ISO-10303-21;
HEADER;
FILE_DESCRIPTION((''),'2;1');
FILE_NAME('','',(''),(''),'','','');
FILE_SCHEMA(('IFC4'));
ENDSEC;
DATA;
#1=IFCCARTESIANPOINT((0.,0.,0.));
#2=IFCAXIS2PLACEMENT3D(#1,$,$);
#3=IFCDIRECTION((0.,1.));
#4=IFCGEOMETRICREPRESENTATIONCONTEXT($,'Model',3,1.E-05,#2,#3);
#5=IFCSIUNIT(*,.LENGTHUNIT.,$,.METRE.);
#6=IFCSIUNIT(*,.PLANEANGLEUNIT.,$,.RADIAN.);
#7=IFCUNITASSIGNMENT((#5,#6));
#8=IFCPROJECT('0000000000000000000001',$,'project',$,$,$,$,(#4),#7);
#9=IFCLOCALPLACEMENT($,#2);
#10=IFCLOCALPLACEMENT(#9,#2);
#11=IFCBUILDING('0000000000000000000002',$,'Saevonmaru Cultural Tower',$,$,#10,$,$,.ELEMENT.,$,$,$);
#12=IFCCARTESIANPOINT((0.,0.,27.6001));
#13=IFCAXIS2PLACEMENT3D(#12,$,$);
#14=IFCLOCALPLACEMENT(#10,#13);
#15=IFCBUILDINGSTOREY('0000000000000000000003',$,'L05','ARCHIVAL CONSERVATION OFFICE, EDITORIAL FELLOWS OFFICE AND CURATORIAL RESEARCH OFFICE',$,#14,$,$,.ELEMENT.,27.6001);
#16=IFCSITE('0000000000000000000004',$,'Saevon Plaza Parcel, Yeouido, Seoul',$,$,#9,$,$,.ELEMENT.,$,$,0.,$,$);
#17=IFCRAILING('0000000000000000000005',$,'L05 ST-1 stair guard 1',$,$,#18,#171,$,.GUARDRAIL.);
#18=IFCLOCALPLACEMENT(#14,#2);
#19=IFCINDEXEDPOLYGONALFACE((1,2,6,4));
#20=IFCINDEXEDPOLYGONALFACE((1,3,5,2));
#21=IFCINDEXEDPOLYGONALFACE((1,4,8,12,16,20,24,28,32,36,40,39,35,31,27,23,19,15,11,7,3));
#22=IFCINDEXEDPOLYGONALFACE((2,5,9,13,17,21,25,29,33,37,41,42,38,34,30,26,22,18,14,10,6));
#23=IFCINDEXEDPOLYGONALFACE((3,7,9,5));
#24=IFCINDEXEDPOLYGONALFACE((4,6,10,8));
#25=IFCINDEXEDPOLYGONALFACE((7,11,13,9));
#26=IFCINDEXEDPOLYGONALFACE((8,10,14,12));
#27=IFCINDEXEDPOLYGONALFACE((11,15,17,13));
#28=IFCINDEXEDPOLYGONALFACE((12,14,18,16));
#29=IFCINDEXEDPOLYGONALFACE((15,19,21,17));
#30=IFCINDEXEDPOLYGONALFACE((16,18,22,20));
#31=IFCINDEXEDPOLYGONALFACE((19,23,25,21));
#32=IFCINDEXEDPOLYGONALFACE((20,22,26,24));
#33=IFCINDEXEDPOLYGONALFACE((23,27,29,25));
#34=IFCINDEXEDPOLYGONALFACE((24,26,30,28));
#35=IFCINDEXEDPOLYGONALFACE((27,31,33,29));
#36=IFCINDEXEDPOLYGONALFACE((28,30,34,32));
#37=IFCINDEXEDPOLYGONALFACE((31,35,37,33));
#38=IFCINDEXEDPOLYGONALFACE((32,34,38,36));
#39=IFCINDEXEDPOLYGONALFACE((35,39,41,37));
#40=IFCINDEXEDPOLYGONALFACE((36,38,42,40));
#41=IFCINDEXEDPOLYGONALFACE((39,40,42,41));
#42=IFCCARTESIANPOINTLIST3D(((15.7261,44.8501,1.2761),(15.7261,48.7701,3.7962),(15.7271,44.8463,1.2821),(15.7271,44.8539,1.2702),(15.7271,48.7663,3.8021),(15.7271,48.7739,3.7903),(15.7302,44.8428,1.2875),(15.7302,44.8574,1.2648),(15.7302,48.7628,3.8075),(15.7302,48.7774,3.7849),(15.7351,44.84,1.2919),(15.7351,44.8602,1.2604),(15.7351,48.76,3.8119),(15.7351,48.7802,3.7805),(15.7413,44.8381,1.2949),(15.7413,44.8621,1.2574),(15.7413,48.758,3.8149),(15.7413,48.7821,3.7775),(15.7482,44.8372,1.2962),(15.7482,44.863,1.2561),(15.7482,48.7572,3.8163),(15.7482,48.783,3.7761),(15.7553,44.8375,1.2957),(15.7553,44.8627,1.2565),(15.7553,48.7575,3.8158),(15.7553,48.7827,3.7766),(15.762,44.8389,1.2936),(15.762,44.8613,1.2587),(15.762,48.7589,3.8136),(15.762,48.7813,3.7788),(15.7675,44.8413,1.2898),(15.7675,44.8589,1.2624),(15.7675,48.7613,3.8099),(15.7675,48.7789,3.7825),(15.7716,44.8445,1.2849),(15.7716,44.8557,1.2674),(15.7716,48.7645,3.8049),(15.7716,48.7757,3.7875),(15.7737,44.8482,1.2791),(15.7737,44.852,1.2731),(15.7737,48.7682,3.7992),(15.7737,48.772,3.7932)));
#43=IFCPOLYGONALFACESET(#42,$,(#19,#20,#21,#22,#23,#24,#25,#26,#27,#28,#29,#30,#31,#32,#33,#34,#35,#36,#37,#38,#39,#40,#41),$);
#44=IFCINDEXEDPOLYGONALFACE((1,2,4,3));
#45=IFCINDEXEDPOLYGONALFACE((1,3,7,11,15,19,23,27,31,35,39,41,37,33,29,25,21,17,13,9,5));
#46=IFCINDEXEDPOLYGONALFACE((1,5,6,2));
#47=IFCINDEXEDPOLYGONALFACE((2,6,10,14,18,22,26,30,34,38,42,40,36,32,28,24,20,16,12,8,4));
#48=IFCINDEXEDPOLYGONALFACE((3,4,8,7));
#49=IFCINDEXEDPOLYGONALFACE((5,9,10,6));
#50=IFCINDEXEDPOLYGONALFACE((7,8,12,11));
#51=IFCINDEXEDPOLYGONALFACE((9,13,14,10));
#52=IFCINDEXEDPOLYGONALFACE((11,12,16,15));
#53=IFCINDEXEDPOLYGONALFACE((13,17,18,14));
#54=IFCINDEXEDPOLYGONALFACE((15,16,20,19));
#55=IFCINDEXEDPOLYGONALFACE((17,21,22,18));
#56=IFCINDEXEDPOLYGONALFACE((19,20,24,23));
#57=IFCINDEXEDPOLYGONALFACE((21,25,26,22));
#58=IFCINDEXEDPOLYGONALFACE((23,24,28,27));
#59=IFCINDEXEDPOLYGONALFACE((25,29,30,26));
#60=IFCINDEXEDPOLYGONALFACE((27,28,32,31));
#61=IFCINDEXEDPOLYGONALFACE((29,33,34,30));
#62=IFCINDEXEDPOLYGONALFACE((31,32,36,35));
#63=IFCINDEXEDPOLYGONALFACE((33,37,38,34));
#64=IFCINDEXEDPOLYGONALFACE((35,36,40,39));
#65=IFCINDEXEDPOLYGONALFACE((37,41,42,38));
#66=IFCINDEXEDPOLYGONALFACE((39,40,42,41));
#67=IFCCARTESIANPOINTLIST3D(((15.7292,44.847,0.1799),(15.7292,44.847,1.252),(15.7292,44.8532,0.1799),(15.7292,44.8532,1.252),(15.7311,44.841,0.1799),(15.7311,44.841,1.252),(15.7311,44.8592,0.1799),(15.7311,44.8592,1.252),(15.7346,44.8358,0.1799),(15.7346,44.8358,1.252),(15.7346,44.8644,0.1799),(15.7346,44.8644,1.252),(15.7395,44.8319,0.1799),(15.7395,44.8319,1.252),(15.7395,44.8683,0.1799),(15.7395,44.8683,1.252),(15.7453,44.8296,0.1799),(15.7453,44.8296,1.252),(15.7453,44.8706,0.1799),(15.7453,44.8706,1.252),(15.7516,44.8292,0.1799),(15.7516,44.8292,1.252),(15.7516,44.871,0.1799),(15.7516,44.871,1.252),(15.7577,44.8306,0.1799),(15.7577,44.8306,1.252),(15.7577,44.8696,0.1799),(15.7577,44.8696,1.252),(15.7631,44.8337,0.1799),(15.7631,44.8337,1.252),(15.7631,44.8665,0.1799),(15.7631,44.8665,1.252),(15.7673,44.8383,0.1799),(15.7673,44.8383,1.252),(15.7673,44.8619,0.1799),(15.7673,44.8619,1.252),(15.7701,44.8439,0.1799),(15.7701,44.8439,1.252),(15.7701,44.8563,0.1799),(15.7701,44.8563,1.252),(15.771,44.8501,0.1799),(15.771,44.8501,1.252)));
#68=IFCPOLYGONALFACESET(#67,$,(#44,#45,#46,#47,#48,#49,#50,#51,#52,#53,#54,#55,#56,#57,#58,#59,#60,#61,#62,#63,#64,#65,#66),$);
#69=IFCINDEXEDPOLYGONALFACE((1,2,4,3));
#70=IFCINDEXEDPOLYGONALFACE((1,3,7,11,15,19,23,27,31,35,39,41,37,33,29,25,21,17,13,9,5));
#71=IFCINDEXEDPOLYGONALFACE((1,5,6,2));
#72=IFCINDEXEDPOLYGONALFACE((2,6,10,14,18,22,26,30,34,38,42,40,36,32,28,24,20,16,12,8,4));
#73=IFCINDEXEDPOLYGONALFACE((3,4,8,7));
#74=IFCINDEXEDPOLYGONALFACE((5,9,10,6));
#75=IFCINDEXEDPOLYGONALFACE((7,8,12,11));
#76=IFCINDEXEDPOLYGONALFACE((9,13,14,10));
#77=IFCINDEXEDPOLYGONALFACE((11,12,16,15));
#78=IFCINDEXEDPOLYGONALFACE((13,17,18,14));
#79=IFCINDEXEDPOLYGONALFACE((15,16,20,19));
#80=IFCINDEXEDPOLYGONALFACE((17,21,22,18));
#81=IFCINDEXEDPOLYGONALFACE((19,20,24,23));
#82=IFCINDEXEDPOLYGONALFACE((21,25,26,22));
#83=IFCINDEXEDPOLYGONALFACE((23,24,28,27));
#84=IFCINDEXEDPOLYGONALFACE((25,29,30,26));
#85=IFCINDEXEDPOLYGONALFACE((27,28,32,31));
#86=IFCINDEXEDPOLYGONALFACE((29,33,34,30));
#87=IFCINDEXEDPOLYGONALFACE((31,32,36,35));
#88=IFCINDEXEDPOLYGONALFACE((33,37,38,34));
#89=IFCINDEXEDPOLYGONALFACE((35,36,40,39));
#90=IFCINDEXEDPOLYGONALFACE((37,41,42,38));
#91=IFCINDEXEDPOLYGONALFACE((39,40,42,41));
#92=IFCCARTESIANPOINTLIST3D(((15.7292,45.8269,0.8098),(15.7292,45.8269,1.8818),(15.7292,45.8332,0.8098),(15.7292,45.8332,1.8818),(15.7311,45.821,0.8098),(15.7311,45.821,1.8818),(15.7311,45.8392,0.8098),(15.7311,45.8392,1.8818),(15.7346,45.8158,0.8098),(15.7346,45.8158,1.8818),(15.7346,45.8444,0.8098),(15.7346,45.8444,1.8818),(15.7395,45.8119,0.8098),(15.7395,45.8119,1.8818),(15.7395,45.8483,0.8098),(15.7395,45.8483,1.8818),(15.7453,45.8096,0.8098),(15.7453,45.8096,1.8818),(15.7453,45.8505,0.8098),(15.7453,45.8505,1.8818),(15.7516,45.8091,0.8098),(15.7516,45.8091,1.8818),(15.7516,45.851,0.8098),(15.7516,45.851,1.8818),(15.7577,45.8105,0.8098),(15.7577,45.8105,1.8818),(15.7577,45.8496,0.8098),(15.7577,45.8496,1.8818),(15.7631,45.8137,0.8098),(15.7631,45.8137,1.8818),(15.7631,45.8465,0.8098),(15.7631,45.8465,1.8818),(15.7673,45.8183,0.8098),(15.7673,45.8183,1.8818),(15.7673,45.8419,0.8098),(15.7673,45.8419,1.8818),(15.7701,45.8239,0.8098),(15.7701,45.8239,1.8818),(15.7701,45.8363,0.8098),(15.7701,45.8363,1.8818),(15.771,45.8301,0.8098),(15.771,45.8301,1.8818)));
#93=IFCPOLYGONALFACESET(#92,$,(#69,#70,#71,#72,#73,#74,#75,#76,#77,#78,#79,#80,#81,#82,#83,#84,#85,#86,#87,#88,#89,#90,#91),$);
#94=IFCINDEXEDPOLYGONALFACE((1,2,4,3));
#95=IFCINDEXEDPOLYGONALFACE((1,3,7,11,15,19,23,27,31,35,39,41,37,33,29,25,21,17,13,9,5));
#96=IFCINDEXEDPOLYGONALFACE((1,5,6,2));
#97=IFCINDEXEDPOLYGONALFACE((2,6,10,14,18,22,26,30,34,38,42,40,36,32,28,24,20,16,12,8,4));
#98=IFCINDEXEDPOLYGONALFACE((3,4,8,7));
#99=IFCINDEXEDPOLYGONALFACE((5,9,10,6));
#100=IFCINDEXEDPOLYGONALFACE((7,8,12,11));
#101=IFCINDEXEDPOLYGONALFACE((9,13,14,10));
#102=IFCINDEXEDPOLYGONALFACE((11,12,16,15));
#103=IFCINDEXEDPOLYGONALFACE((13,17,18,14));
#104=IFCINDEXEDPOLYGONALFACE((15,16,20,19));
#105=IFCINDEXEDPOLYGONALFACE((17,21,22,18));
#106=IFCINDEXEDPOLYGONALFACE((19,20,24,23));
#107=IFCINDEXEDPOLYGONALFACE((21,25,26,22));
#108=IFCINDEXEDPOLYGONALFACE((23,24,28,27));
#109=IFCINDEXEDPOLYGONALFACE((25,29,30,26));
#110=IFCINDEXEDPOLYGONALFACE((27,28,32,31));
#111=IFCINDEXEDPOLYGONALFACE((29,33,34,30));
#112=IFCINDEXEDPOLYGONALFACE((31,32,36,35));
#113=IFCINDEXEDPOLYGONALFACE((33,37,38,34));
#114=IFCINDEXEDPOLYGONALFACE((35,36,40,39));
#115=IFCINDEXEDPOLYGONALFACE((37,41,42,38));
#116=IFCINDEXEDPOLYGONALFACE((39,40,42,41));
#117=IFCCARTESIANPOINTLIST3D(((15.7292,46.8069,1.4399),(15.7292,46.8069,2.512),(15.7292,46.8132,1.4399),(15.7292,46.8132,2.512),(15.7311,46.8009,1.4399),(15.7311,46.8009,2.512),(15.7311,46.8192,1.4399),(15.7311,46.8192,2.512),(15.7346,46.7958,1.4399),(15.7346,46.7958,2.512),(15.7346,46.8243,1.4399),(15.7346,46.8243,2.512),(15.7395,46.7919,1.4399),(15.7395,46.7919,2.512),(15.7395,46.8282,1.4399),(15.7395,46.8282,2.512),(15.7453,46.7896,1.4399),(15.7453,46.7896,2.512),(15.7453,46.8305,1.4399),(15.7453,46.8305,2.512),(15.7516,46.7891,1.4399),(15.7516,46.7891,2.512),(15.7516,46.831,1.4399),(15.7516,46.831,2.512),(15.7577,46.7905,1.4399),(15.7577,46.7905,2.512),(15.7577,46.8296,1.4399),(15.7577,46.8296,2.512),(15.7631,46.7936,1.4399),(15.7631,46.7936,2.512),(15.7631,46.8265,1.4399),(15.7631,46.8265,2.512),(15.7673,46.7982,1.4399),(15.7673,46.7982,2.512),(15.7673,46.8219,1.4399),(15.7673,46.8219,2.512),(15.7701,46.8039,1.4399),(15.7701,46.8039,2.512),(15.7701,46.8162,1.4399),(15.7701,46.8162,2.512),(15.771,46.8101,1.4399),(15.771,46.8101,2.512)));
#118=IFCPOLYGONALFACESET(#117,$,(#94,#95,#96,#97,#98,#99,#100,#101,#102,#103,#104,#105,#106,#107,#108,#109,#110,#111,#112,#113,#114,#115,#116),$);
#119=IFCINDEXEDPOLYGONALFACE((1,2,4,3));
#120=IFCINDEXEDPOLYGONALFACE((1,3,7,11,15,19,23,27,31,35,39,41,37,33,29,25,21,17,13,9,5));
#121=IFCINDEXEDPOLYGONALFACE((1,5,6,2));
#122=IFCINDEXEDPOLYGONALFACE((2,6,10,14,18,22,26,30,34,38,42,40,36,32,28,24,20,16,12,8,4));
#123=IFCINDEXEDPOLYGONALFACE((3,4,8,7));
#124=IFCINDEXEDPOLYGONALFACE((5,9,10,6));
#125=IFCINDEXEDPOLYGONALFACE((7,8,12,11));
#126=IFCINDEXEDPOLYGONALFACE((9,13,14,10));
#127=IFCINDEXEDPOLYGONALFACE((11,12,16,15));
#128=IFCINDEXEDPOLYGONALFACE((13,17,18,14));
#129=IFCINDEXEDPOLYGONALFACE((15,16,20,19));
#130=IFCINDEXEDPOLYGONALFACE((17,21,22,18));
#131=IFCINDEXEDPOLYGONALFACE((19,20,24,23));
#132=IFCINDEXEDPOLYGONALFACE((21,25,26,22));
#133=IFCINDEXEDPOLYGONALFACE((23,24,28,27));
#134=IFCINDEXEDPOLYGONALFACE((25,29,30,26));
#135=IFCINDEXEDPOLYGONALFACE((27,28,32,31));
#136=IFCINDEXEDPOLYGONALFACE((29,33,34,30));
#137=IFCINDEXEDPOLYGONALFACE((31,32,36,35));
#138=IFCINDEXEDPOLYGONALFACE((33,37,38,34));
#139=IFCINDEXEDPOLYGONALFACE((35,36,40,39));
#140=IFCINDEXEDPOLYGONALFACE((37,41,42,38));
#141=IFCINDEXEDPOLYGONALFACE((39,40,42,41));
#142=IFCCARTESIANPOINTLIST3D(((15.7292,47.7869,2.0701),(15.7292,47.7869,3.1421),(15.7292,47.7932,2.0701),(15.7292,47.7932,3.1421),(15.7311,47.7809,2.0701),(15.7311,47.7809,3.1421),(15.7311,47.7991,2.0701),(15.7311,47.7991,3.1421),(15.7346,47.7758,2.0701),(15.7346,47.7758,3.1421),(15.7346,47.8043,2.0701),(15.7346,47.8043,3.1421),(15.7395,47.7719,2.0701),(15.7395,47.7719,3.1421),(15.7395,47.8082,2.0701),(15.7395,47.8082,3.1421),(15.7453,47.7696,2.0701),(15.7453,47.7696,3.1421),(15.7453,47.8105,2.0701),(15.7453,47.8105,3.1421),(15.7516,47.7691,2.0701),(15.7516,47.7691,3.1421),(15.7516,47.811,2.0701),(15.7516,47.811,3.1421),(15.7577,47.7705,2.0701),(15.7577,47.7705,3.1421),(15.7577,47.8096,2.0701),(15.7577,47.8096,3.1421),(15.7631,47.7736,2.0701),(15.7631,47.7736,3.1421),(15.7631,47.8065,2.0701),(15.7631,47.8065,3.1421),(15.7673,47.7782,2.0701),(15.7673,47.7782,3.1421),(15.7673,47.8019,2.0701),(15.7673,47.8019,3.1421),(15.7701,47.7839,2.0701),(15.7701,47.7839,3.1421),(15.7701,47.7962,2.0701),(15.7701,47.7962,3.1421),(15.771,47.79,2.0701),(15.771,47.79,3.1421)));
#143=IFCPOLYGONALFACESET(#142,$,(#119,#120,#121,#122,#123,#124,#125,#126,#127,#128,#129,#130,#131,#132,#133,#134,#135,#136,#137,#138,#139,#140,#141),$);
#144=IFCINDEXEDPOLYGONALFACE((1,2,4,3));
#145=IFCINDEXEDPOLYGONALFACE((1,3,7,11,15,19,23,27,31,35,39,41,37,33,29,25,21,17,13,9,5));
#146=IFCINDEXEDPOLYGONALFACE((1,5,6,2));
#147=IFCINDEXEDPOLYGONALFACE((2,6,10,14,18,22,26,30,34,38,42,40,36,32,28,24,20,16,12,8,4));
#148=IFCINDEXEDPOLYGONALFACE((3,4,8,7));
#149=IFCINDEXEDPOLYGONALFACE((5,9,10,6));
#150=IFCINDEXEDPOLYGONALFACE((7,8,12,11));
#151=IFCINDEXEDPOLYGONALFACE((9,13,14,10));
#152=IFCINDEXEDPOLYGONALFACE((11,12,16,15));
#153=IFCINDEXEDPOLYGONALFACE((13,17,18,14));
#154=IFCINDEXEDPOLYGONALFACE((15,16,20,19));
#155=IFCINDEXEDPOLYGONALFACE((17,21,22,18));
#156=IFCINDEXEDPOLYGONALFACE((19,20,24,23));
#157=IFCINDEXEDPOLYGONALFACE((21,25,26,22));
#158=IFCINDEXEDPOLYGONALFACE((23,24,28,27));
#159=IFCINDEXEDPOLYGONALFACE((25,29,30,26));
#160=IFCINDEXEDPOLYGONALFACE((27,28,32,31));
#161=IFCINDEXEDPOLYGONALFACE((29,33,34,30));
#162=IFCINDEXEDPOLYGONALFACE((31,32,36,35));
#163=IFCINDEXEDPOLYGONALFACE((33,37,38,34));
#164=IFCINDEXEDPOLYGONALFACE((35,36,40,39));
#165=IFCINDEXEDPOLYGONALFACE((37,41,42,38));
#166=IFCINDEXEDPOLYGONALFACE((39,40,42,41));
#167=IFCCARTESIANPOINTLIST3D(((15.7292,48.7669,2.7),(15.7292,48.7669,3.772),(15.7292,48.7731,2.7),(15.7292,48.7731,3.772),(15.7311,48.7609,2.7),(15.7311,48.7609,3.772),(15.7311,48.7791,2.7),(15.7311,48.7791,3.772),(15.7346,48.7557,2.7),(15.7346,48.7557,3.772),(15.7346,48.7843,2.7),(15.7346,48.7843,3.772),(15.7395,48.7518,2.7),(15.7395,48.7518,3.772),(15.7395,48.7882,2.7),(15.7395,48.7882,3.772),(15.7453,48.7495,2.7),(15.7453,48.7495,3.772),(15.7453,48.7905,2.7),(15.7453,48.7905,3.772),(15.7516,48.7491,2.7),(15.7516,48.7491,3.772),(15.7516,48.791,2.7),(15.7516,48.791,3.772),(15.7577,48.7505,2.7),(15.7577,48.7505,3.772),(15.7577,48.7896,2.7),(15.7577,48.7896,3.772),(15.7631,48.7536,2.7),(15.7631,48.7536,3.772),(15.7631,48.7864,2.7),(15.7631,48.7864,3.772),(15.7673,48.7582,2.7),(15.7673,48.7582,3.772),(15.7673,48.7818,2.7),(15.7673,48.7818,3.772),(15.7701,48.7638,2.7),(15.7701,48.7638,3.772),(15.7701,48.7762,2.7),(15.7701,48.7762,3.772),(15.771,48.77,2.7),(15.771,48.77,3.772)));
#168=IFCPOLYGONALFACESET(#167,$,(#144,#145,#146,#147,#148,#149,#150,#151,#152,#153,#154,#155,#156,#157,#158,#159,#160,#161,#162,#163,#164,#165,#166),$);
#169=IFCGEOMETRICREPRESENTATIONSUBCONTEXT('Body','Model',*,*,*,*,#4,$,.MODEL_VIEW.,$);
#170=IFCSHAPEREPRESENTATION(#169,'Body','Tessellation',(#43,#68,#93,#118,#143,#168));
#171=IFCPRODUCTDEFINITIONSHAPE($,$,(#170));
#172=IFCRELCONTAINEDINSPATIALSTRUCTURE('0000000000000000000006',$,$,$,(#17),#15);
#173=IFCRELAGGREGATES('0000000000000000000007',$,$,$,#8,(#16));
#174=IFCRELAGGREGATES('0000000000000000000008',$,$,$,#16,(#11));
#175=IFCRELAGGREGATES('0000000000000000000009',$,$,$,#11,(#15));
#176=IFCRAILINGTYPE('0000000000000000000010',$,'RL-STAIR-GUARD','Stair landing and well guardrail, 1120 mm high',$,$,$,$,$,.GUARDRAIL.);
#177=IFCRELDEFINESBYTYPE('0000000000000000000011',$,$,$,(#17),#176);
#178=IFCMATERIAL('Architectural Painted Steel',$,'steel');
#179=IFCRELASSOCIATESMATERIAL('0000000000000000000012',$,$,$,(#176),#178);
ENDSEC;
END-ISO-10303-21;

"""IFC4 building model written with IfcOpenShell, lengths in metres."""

from ifc_helpers import new_model, si_unit, direction, frame, origin, origin_2d, place, context, subcontext, project, spatial, circle, extrude, material, type_object, element, save


model = new_model("IFC4")

# Units and contexts
model_context = context("Model", 3, precision=1e-05, world=origin(), true_north=direction((0.0, 1.0)))
body_context = subcontext(model_context, "Body", "Model", "MODEL_VIEW")
ifc_project = project(units=[si_unit("LENGTHUNIT", "METRE"), si_unit("PLANEANGLEUNIT", "RADIAN")], contexts=[model_context])

# Site, building, storey
site_placement = place(None, origin())
site = spatial("IfcSite", under=ifc_project, at=site_placement, Name="Saevon Plaza Parcel, Yeouido, Seoul", CompositionType="ELEMENT", RefElevation=0.0)
building_placement = place(site_placement, origin())
building = spatial("IfcBuilding", under=site, at=building_placement, Name="Saevonmaru Cultural Tower", CompositionType="ELEMENT")
storey_placement = place(building_placement, frame((0.0, 0.0, 27.6001)))
storey = spatial("IfcBuildingStorey", under=building, at=storey_placement, Name="L05", Description="ARCHIVAL CONSERVATION OFFICE, EDITORIAL FELLOWS OFFICE AND CURATORIAL RESEARCH OFFICE", CompositionType="ELEMENT", Elevation=27.6001)

# Railing
ifc_material_1 = material(Name="Architectural Painted Steel", Category="steel")
railing_type_1 = type_object("IfcRailingType", Name="RL-STAIR-GUARD", Description="Stair landing and well guardrail, 1120 mm high", PredefinedType="GUARDRAIL", material=ifc_material_1)
railing_1_placement = place(storey_placement, frame((15.75, 44.8501, 0.1799)))
element("IfcRailing", 1, at=railing_1_placement, inside=storey, type_object=railing_type_1, Name="L05 ST-1 stair guard 1", PredefinedType="GUARDRAIL", context=body_context, shape_type="SweptSolid", body=[
    extrude(circle(Radius=0.0239, at=origin_2d()), frame((0.0, 0.0, 1.0962), z_axis=(0.0, 0.841172, 0.540768), x_axis=(-1.0, 0.0, 0.0)), (0.0, 0.0, 1.0), 4.6602),
    extrude(circle(Radius=0.021, at=origin_2d()), origin(), (0.0, 0.0, 1.0), 1.072),
    extrude(circle(Radius=0.021, at=origin_2d()), frame((0.0, 0.98, 0.6299)), (0.0, 0.0, 1.0), 1.072),
    extrude(circle(Radius=0.021, at=origin_2d()), frame((0.0, 1.96, 1.26)), (0.0, 0.0, 1.0), 1.072),
    extrude(circle(Radius=0.021, at=origin_2d()), frame((0.0, 2.9399, 1.8901)), (0.0, 0.0, 1.0), 1.072),
    extrude(circle(Radius=0.021, at=origin_2d()), frame((0.0, 3.9199, 2.52)), (0.0, 0.0, 1.0), 1.072),
])

save(model, "model.ifc")
